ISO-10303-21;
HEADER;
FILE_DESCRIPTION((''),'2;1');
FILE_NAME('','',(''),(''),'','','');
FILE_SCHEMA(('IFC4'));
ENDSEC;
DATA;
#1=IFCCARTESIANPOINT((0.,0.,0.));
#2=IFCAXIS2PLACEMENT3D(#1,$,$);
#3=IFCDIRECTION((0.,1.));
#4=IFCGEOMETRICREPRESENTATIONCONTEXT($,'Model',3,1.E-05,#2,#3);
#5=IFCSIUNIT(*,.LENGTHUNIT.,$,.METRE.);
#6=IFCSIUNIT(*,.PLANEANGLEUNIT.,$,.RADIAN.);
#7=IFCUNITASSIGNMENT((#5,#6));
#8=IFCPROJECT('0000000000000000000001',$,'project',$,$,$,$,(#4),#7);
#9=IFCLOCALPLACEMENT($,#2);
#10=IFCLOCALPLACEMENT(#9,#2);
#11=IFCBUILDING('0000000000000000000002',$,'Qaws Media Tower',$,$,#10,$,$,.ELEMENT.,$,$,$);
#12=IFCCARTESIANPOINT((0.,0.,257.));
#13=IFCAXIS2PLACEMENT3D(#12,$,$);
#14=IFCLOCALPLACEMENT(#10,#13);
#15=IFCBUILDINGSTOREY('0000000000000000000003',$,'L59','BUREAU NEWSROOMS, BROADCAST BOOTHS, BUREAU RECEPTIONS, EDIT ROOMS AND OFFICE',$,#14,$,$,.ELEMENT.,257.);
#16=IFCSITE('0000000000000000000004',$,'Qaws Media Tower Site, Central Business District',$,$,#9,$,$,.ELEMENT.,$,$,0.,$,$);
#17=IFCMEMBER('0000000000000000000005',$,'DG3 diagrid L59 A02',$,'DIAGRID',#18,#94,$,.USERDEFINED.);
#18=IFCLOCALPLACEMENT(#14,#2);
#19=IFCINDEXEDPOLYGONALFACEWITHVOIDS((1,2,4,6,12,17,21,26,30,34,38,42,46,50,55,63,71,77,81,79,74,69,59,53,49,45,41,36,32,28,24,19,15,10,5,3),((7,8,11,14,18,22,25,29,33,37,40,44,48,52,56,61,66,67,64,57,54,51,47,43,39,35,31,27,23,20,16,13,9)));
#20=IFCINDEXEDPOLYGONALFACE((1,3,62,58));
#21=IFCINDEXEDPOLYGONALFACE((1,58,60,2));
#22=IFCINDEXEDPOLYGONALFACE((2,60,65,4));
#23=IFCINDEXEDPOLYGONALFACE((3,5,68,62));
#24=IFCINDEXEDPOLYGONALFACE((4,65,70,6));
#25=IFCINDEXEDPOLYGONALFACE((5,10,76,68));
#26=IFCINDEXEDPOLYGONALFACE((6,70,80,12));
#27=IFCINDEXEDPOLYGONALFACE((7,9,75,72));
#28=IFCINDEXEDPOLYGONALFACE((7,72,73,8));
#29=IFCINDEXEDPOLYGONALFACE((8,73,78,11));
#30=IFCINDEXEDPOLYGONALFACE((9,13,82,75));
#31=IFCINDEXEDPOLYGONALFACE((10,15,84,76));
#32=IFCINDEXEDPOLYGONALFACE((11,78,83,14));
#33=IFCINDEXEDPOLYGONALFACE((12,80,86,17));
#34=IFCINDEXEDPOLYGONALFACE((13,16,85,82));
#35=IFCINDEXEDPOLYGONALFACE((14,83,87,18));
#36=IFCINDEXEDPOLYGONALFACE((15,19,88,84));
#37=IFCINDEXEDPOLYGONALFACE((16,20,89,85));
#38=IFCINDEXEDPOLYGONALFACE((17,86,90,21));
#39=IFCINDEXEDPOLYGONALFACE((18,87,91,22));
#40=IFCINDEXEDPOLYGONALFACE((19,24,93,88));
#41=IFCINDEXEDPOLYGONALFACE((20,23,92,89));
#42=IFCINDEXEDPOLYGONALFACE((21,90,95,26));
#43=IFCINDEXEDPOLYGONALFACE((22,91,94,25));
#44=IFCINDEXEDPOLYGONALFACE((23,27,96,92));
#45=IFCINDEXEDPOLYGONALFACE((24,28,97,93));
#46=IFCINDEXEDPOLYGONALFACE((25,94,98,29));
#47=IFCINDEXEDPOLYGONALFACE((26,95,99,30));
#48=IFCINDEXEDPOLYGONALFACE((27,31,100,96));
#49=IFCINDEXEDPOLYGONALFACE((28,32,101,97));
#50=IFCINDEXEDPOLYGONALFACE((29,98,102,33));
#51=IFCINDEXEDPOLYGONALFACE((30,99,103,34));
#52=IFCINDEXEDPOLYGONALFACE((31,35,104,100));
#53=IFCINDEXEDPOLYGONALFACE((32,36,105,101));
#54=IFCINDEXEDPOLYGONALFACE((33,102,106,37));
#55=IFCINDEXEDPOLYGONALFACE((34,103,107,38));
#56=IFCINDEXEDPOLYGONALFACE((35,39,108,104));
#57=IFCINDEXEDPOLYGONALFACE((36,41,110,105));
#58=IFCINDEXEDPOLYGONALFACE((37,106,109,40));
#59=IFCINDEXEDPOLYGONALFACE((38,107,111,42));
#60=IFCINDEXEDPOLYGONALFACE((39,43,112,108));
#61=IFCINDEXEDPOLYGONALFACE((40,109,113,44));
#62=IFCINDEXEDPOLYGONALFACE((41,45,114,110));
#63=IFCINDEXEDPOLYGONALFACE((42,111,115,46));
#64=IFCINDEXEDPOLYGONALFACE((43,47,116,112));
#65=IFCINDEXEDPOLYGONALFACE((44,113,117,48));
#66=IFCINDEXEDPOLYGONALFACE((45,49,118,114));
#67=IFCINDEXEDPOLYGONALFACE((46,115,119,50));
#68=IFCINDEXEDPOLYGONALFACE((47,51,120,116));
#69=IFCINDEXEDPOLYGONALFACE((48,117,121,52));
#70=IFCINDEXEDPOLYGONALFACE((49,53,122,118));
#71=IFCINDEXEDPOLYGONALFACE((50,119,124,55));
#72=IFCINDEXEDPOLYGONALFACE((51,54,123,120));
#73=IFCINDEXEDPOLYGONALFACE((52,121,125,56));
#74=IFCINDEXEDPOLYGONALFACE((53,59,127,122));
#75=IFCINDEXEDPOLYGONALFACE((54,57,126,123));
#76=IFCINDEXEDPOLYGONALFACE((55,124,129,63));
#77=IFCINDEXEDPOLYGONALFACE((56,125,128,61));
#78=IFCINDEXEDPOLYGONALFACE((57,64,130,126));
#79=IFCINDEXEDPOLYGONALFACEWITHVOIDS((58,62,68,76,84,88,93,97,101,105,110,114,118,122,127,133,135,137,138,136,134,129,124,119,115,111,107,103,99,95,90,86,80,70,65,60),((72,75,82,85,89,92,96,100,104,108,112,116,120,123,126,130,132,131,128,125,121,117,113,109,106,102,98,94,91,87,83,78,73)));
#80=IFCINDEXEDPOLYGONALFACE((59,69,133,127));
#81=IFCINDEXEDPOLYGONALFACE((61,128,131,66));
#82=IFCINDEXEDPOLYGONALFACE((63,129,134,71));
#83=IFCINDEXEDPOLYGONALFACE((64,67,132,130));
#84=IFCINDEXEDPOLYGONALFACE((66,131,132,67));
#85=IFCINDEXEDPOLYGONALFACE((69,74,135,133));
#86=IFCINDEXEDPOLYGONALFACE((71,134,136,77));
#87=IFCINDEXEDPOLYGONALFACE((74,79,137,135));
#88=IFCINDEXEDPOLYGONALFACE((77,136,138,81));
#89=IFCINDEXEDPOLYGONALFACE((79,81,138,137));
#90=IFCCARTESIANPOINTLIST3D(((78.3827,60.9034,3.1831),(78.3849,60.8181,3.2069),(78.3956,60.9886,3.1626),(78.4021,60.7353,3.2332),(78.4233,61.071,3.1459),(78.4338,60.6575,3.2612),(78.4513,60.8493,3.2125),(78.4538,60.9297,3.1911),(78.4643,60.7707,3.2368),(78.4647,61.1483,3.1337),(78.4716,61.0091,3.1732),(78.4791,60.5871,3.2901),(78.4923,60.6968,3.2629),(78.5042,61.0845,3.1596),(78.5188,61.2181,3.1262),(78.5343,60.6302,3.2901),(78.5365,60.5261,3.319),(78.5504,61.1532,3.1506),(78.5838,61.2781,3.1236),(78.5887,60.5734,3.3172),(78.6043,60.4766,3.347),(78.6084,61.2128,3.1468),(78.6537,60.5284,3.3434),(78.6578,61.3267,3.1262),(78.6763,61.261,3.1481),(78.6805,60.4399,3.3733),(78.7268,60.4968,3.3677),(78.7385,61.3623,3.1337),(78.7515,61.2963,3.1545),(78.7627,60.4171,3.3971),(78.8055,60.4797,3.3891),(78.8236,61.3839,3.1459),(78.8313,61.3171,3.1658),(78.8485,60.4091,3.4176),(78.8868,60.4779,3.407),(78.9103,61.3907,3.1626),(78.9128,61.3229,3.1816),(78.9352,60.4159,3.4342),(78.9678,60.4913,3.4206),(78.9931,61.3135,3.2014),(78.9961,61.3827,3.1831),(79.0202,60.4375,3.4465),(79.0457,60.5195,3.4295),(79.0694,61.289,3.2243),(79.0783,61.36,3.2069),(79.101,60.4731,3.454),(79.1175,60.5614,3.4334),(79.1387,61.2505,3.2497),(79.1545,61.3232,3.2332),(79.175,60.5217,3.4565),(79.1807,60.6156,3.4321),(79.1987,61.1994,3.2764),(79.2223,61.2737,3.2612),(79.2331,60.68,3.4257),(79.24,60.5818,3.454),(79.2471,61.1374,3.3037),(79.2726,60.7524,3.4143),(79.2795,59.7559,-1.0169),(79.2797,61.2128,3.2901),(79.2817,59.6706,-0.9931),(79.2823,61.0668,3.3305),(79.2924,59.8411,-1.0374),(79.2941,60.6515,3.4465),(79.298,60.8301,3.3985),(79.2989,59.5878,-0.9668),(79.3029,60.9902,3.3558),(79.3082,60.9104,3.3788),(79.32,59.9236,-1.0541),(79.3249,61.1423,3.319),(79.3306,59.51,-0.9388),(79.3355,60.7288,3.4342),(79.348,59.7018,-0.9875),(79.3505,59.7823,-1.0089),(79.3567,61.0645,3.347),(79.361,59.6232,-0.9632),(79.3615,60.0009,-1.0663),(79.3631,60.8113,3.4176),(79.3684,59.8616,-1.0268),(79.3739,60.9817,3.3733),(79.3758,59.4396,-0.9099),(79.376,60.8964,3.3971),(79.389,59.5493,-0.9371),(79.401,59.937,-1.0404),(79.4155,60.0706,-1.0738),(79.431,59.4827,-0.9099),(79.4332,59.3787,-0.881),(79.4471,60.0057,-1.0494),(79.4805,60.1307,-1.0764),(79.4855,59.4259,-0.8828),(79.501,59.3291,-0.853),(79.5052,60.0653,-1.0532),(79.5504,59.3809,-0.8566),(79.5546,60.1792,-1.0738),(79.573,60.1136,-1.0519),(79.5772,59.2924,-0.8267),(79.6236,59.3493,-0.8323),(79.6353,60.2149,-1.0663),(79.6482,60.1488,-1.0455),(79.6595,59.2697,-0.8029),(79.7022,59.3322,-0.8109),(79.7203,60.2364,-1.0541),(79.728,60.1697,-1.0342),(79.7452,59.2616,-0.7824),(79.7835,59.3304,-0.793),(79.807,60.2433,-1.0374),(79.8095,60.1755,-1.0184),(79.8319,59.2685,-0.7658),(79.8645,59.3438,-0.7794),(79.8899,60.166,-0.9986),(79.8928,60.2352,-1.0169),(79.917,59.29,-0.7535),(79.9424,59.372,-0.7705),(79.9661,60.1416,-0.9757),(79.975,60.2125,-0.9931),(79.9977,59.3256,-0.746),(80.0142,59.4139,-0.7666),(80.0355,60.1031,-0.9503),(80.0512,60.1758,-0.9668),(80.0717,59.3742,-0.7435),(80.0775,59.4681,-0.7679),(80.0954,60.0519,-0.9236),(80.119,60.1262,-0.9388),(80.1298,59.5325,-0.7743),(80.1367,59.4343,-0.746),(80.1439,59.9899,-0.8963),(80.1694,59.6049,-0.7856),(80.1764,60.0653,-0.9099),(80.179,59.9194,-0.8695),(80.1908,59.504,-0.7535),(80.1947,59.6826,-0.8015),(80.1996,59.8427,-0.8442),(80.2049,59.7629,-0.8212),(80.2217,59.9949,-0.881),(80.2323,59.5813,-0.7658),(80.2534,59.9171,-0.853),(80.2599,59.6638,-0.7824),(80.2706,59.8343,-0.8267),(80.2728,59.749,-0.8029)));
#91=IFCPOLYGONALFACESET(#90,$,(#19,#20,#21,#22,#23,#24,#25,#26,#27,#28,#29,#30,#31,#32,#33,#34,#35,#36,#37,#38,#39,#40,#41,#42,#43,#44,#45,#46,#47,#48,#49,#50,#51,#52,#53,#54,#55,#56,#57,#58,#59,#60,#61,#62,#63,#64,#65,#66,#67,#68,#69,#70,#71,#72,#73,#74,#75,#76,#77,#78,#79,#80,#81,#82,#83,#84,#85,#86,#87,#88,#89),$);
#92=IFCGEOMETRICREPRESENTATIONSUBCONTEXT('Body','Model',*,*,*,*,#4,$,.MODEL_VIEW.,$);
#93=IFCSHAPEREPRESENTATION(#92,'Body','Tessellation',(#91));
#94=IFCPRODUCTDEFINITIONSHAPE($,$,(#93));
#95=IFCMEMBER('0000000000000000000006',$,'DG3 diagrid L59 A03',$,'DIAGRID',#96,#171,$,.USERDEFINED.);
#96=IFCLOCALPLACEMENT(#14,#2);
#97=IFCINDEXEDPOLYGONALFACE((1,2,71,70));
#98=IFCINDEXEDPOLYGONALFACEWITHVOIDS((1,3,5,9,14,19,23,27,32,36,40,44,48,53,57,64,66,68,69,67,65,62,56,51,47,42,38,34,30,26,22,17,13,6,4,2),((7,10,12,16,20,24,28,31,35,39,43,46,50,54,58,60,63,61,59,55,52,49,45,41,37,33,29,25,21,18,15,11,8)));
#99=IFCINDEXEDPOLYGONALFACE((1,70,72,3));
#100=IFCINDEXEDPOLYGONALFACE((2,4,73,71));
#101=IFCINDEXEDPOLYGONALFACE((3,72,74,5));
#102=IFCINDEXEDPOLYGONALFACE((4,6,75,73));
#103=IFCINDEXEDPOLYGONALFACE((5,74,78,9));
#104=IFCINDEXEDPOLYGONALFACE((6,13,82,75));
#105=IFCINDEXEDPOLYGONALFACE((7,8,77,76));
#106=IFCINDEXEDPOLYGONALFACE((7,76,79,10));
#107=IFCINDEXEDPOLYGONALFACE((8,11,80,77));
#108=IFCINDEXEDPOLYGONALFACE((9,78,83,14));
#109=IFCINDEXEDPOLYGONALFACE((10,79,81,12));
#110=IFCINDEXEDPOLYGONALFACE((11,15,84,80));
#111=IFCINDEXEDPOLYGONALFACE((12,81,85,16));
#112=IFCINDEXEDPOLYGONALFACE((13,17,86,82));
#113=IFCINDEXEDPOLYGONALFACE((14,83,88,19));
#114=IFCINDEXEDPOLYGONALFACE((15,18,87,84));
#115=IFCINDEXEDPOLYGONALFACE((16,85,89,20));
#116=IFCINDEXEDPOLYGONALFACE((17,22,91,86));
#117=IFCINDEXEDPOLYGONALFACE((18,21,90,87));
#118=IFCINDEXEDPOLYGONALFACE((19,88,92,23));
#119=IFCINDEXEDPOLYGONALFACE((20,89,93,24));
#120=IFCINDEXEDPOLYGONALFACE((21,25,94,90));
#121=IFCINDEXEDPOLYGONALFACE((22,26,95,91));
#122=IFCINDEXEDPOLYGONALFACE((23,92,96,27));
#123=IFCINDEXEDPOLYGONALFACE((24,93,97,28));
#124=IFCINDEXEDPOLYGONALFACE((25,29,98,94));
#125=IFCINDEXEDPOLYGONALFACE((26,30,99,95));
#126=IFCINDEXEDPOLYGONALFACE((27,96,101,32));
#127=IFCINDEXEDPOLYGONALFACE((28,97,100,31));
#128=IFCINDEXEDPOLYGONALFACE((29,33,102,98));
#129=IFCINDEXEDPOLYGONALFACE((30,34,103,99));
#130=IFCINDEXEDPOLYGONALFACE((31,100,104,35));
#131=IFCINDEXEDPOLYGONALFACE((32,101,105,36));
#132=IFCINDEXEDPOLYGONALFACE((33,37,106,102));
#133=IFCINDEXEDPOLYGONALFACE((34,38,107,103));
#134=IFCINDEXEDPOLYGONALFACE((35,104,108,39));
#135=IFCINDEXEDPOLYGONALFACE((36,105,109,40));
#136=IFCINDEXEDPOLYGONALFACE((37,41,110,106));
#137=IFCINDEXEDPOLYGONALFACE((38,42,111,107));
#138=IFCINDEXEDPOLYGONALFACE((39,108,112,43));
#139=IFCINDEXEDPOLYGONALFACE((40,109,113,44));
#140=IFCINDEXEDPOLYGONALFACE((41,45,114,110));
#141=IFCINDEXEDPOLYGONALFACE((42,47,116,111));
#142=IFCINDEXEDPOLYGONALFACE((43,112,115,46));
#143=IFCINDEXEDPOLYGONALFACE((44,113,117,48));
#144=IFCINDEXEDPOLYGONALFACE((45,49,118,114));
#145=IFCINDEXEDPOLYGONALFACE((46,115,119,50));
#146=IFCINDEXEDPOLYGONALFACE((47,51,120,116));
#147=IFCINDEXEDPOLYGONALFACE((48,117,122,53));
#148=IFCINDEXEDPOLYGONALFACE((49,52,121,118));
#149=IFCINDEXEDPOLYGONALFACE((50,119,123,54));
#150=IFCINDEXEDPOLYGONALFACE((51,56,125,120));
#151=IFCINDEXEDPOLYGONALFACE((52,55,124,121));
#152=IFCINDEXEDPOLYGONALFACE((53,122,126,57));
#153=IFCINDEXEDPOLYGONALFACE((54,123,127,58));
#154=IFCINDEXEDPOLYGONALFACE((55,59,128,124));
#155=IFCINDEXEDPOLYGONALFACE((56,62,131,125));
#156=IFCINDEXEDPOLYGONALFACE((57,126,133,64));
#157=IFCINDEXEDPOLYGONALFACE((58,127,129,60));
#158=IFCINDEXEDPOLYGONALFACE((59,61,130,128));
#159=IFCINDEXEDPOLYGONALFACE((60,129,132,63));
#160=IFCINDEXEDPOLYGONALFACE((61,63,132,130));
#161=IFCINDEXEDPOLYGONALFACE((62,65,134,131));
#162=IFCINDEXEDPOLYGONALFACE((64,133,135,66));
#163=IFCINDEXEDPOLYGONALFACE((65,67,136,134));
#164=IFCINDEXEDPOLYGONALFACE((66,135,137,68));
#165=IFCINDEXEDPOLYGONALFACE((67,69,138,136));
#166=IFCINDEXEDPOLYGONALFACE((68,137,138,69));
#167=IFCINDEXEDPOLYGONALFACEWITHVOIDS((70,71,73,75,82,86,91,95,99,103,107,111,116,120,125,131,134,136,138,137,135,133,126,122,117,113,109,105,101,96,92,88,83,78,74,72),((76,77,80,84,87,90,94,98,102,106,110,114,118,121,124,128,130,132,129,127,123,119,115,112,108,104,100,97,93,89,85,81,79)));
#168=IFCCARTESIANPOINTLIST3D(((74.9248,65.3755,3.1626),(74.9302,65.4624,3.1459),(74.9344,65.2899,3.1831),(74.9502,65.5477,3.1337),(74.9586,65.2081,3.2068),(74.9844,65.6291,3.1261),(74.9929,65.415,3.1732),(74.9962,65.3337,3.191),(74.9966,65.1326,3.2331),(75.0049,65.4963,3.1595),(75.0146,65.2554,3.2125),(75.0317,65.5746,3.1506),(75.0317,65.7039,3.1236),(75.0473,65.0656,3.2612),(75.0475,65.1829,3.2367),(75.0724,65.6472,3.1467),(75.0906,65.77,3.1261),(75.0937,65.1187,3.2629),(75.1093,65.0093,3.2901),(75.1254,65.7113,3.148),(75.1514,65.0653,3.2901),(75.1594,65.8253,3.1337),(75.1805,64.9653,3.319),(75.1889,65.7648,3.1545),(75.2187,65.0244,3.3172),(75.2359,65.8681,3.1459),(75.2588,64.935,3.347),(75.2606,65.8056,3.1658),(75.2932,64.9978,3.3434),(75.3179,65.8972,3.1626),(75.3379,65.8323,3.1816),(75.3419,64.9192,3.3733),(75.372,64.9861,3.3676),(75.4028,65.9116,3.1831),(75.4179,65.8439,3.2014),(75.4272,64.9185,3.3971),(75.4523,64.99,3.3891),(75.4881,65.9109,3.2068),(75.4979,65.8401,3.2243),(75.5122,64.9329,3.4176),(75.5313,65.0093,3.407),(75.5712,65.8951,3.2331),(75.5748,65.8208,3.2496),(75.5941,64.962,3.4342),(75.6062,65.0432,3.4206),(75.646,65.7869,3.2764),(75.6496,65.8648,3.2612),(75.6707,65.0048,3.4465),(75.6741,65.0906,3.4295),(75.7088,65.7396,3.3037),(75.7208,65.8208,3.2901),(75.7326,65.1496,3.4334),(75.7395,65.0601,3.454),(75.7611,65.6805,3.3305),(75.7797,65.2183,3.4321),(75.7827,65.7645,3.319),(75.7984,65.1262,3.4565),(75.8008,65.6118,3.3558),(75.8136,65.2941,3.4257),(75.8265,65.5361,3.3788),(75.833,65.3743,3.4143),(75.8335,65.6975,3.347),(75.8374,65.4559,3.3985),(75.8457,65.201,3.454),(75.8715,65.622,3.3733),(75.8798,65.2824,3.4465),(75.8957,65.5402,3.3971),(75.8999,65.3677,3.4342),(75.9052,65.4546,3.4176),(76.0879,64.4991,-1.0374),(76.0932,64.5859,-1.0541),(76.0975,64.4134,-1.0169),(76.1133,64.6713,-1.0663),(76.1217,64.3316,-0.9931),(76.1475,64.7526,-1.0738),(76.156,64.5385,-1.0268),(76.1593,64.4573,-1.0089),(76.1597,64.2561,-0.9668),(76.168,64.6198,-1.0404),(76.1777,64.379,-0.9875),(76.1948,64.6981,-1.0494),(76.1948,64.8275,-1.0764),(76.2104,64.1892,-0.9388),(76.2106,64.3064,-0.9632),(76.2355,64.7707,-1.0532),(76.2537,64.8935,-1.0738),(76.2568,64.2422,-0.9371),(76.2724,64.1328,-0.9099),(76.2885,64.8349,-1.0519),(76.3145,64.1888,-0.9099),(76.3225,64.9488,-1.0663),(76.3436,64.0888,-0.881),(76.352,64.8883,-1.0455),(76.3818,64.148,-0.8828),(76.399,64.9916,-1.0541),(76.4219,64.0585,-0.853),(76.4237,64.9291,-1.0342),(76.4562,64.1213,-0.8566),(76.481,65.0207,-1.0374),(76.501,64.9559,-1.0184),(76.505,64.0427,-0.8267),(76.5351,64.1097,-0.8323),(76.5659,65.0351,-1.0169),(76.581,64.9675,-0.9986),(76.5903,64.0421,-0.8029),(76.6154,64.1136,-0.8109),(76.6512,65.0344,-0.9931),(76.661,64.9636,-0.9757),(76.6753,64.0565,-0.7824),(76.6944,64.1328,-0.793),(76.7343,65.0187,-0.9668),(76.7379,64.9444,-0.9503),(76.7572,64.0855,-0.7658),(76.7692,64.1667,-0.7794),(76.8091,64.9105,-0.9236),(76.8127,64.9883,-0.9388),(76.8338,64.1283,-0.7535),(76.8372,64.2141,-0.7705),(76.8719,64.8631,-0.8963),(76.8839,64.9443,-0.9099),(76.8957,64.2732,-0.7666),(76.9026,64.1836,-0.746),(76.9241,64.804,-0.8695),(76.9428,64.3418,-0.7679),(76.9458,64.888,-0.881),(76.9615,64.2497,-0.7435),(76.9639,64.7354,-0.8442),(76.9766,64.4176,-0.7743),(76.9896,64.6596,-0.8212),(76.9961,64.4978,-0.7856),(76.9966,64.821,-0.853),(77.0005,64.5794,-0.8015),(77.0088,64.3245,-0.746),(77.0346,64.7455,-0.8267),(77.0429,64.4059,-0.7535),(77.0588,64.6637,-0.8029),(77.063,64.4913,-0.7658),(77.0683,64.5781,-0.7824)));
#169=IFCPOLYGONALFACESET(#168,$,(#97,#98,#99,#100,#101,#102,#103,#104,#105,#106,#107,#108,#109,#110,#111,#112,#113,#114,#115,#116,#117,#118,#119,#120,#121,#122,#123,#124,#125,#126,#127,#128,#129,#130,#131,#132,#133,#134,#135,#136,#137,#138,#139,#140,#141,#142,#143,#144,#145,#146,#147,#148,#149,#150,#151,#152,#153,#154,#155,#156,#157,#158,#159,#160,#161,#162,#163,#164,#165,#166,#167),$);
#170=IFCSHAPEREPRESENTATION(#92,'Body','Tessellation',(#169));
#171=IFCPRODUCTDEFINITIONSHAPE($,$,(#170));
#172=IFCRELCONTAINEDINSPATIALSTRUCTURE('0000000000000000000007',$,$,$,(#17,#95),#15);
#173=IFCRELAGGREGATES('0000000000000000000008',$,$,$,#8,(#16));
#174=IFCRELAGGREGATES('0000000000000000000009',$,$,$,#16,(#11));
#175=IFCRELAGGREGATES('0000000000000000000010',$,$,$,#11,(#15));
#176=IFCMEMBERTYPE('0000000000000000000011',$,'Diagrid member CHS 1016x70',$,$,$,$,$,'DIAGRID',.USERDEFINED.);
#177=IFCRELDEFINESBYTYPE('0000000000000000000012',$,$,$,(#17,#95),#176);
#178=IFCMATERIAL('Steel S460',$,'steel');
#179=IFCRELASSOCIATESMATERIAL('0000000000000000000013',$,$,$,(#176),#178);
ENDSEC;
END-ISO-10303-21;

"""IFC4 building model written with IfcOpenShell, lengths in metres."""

from ifc_helpers import new_model, si_unit, direction, frame, origin, origin_2d, place, context, subcontext, project, spatial, hollow_circle, extrude, material, material_profile, profile_set, type_object, element, save


model = new_model("IFC4")

# Units and contexts
model_context = context("Model", 3, precision=1e-05, world=origin(), true_north=direction((0.0, 1.0)))
body_context = subcontext(model_context, "Body", "Model", "MODEL_VIEW")
ifc_project = project(units=[si_unit("LENGTHUNIT", "METRE"), si_unit("PLANEANGLEUNIT", "RADIAN")], contexts=[model_context])

# Site, building, storey
site_placement = place(None, origin())
site = spatial("IfcSite", under=ifc_project, at=site_placement, Name="Qaws Media Tower Site, Central Business District", CompositionType="ELEMENT", RefElevation=0.0)
building_placement = place(site_placement, origin())
building = spatial("IfcBuilding", under=site, at=building_placement, Name="Qaws Media Tower", CompositionType="ELEMENT")
storey_placement = place(building_placement, frame((0.0, 0.0, 257.0)))
storey = spatial("IfcBuildingStorey", under=building, at=storey_placement, Name="L59", Description="BUREAU NEWSROOMS, BROADCAST BOOTHS, BUREAU RECEPTIONS, EDIT ROOMS AND OFFICE", CompositionType="ELEMENT", Elevation=257.0)

# Members
ifc_material_1 = material(Name="Steel S460", Category="steel")
ifc_material_profile_1 = material_profile(ifc_material_1, hollow_circle(Radius=0.5081, WallThickness=0.0701, at=origin_2d()), Name="CHS 1016x70")
ifc_profile_set_1 = profile_set([ifc_material_profile_1], Name="Steel S460")
member_type_1 = type_object("IfcMemberType", Name="Diagrid member CHS 1016x70", ElementType="DIAGRID", PredefinedType="USERDEFINED", material=ifc_profile_set_1)
for number, where, z_axis, x_axis, name in (
    (1, (79.7761, 59.7524, -0.9099), (-0.201727, 0.258131, 0.944815), (-0.787933, -0.615761, 0.0), "DG3 diagrid L59 A02"),
    (2, (76.5781, 64.5386, -0.9099), (-0.261645, 0.197167, 0.944811), (-0.601822, -0.79863, 0.0), "DG3 diagrid L59 A03"),
):
    element("IfcMember", number, at=place(storey_placement, frame(where, z_axis=z_axis, x_axis=x_axis)), inside=storey, type_object=member_type_1, Name=name, ObjectType="DIAGRID", PredefinedType="USERDEFINED", context=body_context, shape_type="SweptSolid", body=[
        extrude(hollow_circle(Radius=0.5081, WallThickness=0.0701, at=origin_2d()), origin(), (0.0, 0.0, 1.0), 4.4453),
    ])

save(model, "model.ifc")
